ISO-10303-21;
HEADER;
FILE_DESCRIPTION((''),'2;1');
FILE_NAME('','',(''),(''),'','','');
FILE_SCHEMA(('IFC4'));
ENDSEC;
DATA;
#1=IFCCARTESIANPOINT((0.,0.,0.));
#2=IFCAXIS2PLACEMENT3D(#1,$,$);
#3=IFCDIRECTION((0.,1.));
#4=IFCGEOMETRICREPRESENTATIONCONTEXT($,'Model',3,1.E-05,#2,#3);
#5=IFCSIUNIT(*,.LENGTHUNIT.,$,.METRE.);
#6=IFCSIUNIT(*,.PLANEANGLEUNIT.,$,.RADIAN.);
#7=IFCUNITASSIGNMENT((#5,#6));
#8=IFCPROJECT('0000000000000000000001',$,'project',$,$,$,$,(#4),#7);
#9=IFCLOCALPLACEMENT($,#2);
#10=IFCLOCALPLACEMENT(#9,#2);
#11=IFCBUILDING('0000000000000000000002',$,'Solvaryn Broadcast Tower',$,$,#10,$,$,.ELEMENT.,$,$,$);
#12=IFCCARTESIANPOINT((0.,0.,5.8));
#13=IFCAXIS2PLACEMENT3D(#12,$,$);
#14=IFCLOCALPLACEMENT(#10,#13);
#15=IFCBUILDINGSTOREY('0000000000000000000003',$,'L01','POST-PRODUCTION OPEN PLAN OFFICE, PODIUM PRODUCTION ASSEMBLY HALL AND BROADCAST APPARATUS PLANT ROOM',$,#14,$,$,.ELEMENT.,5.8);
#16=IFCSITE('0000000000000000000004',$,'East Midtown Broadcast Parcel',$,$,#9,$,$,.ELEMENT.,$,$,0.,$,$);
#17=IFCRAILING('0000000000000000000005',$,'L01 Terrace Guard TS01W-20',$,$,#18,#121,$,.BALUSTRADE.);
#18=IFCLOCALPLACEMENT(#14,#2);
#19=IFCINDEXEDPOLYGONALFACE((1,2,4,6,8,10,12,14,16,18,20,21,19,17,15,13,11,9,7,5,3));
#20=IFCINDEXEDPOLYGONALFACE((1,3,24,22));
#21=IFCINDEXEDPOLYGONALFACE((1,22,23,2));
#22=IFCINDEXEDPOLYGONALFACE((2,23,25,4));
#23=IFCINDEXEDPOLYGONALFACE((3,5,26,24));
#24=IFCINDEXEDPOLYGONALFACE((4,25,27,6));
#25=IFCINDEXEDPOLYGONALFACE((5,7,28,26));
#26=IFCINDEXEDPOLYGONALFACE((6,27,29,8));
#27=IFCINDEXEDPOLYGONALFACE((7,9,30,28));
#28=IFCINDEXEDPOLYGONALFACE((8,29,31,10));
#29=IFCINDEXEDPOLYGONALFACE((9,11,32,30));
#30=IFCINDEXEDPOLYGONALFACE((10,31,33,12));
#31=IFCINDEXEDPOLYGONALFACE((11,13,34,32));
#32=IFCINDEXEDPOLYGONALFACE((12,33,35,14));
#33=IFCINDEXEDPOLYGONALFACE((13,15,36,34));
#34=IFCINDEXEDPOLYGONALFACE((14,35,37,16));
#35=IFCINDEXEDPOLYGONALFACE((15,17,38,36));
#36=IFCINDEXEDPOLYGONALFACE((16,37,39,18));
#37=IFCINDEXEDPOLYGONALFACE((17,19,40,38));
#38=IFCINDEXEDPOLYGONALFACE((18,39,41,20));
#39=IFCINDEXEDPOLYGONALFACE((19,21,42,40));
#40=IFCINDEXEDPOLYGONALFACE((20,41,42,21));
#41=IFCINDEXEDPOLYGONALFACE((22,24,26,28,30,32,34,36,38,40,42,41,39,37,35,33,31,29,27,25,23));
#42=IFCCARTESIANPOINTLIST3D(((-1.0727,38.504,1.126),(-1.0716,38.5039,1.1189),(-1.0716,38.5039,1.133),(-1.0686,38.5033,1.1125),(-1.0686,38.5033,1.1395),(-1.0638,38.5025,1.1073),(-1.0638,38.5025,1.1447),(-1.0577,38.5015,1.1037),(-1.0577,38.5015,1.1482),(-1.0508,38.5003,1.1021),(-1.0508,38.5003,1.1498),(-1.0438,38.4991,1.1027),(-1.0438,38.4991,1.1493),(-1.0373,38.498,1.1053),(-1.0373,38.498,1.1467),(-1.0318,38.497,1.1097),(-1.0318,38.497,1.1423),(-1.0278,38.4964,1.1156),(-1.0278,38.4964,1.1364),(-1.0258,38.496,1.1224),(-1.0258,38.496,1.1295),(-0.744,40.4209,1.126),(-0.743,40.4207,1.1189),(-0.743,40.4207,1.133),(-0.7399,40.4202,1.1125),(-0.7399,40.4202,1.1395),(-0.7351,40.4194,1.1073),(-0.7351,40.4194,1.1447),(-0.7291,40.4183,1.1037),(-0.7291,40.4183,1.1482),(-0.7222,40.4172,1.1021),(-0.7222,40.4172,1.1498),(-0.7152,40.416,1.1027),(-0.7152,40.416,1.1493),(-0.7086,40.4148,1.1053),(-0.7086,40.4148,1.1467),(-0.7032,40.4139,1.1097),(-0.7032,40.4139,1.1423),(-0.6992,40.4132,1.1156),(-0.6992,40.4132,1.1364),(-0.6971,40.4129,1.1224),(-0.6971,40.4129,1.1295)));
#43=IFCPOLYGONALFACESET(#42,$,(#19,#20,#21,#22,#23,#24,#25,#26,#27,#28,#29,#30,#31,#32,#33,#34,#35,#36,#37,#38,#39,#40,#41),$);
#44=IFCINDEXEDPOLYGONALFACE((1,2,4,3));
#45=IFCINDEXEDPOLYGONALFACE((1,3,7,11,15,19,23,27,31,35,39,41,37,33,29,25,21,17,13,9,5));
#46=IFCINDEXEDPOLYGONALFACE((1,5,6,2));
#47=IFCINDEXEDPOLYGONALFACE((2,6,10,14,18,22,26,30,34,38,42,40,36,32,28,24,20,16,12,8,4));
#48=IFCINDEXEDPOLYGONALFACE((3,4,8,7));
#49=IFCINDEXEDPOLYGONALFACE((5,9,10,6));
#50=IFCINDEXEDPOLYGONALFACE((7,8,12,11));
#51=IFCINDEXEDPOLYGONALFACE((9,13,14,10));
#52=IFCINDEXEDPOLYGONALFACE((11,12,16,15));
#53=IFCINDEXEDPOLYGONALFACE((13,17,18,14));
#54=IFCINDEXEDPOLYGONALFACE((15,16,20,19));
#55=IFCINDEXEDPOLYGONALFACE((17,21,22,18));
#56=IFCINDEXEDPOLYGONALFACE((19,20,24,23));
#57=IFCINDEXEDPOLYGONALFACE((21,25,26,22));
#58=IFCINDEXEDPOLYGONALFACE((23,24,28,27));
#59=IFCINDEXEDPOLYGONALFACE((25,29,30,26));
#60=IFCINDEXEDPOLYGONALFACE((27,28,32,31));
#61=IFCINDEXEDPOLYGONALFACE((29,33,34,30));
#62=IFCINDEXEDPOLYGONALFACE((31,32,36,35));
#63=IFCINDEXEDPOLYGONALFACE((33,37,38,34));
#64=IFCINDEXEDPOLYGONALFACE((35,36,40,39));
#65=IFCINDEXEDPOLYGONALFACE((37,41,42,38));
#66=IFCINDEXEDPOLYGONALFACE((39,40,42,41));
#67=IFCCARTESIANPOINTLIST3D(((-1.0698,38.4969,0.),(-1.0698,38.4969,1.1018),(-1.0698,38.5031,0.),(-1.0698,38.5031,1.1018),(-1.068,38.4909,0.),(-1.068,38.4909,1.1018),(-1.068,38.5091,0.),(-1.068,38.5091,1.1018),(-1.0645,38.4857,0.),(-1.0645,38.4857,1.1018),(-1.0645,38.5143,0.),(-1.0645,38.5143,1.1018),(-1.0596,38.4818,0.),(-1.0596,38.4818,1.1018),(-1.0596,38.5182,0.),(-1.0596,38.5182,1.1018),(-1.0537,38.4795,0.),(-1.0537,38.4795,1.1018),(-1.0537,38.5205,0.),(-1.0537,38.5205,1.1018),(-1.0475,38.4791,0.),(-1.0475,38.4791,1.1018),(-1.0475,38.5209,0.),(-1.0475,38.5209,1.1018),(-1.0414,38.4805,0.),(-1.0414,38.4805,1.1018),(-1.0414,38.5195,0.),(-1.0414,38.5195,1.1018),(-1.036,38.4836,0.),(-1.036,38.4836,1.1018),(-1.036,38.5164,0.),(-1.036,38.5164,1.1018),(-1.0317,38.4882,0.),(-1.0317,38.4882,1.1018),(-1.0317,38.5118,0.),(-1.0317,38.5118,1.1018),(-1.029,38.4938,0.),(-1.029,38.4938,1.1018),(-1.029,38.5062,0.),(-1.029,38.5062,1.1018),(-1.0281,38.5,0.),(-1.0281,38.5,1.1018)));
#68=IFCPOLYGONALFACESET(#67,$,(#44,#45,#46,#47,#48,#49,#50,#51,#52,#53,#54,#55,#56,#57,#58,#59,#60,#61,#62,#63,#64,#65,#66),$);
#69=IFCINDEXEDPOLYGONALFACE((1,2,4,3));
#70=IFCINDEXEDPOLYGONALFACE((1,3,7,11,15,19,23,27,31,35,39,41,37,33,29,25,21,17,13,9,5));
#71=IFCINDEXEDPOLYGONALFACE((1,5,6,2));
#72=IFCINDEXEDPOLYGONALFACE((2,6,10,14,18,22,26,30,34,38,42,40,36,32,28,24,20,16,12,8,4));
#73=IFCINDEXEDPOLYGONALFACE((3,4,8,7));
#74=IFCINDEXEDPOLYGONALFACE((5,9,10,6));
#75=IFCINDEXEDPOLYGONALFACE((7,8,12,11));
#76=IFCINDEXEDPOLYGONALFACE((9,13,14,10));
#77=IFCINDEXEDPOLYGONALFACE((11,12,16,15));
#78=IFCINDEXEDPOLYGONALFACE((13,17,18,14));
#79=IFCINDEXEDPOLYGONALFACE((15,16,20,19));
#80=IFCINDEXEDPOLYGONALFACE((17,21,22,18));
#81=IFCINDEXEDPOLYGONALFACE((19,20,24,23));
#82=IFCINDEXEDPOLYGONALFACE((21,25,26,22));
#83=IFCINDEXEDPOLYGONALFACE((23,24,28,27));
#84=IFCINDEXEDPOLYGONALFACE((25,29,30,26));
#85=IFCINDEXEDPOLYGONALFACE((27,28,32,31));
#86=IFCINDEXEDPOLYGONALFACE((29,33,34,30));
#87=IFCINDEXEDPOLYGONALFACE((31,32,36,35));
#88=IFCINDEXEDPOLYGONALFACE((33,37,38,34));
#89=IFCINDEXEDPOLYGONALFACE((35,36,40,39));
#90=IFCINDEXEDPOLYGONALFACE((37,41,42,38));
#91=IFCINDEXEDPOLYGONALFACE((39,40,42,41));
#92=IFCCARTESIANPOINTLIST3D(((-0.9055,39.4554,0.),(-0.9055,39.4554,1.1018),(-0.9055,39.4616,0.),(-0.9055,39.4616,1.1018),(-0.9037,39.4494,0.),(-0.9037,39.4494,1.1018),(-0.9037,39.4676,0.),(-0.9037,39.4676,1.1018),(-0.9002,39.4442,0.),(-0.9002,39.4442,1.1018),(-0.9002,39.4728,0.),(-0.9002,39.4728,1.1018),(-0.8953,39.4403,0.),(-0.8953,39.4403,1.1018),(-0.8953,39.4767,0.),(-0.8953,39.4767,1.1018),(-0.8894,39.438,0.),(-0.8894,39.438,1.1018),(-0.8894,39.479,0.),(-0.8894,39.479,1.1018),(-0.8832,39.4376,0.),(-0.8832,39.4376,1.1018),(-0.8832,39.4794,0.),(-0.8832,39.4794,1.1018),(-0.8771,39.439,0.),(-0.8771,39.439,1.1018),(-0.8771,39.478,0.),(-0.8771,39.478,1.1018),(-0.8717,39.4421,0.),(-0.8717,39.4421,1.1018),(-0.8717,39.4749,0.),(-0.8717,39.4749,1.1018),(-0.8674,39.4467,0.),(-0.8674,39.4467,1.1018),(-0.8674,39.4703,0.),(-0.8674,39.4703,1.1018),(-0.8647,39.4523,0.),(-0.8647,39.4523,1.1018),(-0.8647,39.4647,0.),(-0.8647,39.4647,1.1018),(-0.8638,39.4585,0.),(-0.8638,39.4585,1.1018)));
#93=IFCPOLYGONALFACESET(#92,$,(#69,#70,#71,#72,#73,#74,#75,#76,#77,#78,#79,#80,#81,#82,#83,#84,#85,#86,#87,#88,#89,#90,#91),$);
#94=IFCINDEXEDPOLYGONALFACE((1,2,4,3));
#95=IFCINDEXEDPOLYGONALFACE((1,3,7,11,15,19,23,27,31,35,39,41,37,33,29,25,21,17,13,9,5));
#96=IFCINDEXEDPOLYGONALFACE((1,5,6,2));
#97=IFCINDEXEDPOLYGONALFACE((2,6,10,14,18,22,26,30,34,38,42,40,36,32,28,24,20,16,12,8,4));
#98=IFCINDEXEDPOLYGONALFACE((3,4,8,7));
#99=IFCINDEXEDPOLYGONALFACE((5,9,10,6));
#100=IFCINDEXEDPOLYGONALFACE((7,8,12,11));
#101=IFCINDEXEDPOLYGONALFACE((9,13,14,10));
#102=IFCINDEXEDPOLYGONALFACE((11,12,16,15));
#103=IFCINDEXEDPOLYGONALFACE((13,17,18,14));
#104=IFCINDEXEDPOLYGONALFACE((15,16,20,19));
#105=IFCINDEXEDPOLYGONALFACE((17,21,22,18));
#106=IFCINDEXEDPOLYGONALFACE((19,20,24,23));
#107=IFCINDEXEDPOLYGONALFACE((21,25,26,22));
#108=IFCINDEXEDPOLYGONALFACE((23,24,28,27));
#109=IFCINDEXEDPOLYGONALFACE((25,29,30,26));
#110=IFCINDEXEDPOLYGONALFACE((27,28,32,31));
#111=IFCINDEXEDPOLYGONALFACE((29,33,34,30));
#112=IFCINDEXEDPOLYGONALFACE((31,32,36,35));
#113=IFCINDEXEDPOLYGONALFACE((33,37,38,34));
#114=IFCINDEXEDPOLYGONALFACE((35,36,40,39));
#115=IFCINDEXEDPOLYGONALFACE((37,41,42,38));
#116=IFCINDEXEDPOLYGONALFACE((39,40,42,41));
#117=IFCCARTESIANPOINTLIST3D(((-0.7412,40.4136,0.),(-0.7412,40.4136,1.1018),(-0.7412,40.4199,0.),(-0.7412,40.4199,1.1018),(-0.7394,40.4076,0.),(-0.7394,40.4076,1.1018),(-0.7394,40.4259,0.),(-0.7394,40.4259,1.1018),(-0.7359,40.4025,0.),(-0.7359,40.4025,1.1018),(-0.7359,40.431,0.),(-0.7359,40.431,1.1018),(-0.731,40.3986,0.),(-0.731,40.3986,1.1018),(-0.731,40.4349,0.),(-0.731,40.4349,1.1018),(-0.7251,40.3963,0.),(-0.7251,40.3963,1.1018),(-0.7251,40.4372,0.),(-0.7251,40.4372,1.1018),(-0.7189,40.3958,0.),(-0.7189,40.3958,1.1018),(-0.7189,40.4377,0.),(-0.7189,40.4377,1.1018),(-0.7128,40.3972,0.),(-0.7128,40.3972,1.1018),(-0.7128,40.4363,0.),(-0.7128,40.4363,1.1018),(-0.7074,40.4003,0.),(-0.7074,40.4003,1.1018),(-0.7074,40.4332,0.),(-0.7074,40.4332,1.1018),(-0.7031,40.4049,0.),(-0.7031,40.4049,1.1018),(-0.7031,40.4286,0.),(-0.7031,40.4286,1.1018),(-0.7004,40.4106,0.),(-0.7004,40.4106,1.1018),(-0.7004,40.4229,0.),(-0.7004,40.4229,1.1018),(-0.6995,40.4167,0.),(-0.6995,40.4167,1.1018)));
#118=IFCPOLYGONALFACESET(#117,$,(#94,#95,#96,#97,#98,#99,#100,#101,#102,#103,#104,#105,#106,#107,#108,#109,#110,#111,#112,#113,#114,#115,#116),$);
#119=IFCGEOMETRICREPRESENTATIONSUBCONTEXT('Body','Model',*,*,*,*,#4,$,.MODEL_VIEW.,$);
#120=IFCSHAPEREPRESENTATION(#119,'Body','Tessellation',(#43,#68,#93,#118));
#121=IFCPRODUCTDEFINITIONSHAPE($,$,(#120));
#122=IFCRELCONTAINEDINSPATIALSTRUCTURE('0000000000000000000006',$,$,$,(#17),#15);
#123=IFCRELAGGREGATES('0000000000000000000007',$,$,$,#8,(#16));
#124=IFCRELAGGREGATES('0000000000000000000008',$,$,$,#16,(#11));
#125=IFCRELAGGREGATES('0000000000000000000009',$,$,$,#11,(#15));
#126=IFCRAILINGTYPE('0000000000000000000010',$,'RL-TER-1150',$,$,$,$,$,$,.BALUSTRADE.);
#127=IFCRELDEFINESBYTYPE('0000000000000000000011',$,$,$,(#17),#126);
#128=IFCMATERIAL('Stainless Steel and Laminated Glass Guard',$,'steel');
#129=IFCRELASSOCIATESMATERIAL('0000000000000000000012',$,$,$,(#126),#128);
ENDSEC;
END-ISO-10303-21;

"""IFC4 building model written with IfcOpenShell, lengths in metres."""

from ifc_helpers import new_model, si_unit, direction, frame, origin, origin_2d, place, context, subcontext, project, spatial, circle, extrude, material, type_object, element, save


model = new_model("IFC4")

# Units and contexts
model_context = context("Model", 3, precision=1e-05, world=origin(), true_north=direction((0.0, 1.0)))
body_context = subcontext(model_context, "Body", "Model", "MODEL_VIEW")
ifc_project = project(units=[si_unit("LENGTHUNIT", "METRE"), si_unit("PLANEANGLEUNIT", "RADIAN")], contexts=[model_context])

# Site, building, storey
site_placement = place(None, origin())
site = spatial("IfcSite", under=ifc_project, at=site_placement, Name="East Midtown Broadcast Parcel", CompositionType="ELEMENT", RefElevation=0.0)
building_placement = place(site_placement, origin())
building = spatial("IfcBuilding", under=site, at=building_placement, Name="Solvaryn Broadcast Tower", CompositionType="ELEMENT")
storey_placement = place(building_placement, frame((0.0, 0.0, 5.8)))
storey = spatial("IfcBuildingStorey", under=building, at=storey_placement, Name="L01", Description="POST-PRODUCTION OPEN PLAN OFFICE, PODIUM PRODUCTION ASSEMBLY HALL AND BROADCAST APPARATUS PLANT ROOM", CompositionType="ELEMENT", Elevation=5.8)

# Railing
ifc_material_1 = material(Name="Stainless Steel and Laminated Glass Guard", Category="steel")
railing_type_1 = type_object("IfcRailingType", Name="RL-TER-1150", PredefinedType="BALUSTRADE", material=ifc_material_1)
railing_1_placement = place(storey_placement, frame((-1.0491, 38.5, 0.0)))
element("IfcRailing", 1, at=railing_1_placement, inside=storey, type_object=railing_type_1, Name="L01 Terrace Guard TS01W-20", PredefinedType="BALUSTRADE", context=body_context, shape_type="SweptSolid", body=[
    extrude(circle(Radius=0.0239, at=origin_2d()), frame((0.0, 0.0, 1.126), z_axis=(0.168978, 0.98562, 0.0), x_axis=(-0.98562, 0.168978, 0.0)), (0.0, 0.0, 1.0), 1.9448),
    extrude(circle(Radius=0.021, at=origin_2d()), origin(), (0.0, 0.0, 1.0), 1.1018),
    extrude(circle(Radius=0.021, at=origin_2d()), frame((0.1643, 0.9585, 0.0)), (0.0, 0.0, 1.0), 1.1018),
    extrude(circle(Radius=0.021, at=origin_2d()), frame((0.3286, 1.9167, 0.0)), (0.0, 0.0, 1.0), 1.1018),
])

save(model, "model.ifc")
